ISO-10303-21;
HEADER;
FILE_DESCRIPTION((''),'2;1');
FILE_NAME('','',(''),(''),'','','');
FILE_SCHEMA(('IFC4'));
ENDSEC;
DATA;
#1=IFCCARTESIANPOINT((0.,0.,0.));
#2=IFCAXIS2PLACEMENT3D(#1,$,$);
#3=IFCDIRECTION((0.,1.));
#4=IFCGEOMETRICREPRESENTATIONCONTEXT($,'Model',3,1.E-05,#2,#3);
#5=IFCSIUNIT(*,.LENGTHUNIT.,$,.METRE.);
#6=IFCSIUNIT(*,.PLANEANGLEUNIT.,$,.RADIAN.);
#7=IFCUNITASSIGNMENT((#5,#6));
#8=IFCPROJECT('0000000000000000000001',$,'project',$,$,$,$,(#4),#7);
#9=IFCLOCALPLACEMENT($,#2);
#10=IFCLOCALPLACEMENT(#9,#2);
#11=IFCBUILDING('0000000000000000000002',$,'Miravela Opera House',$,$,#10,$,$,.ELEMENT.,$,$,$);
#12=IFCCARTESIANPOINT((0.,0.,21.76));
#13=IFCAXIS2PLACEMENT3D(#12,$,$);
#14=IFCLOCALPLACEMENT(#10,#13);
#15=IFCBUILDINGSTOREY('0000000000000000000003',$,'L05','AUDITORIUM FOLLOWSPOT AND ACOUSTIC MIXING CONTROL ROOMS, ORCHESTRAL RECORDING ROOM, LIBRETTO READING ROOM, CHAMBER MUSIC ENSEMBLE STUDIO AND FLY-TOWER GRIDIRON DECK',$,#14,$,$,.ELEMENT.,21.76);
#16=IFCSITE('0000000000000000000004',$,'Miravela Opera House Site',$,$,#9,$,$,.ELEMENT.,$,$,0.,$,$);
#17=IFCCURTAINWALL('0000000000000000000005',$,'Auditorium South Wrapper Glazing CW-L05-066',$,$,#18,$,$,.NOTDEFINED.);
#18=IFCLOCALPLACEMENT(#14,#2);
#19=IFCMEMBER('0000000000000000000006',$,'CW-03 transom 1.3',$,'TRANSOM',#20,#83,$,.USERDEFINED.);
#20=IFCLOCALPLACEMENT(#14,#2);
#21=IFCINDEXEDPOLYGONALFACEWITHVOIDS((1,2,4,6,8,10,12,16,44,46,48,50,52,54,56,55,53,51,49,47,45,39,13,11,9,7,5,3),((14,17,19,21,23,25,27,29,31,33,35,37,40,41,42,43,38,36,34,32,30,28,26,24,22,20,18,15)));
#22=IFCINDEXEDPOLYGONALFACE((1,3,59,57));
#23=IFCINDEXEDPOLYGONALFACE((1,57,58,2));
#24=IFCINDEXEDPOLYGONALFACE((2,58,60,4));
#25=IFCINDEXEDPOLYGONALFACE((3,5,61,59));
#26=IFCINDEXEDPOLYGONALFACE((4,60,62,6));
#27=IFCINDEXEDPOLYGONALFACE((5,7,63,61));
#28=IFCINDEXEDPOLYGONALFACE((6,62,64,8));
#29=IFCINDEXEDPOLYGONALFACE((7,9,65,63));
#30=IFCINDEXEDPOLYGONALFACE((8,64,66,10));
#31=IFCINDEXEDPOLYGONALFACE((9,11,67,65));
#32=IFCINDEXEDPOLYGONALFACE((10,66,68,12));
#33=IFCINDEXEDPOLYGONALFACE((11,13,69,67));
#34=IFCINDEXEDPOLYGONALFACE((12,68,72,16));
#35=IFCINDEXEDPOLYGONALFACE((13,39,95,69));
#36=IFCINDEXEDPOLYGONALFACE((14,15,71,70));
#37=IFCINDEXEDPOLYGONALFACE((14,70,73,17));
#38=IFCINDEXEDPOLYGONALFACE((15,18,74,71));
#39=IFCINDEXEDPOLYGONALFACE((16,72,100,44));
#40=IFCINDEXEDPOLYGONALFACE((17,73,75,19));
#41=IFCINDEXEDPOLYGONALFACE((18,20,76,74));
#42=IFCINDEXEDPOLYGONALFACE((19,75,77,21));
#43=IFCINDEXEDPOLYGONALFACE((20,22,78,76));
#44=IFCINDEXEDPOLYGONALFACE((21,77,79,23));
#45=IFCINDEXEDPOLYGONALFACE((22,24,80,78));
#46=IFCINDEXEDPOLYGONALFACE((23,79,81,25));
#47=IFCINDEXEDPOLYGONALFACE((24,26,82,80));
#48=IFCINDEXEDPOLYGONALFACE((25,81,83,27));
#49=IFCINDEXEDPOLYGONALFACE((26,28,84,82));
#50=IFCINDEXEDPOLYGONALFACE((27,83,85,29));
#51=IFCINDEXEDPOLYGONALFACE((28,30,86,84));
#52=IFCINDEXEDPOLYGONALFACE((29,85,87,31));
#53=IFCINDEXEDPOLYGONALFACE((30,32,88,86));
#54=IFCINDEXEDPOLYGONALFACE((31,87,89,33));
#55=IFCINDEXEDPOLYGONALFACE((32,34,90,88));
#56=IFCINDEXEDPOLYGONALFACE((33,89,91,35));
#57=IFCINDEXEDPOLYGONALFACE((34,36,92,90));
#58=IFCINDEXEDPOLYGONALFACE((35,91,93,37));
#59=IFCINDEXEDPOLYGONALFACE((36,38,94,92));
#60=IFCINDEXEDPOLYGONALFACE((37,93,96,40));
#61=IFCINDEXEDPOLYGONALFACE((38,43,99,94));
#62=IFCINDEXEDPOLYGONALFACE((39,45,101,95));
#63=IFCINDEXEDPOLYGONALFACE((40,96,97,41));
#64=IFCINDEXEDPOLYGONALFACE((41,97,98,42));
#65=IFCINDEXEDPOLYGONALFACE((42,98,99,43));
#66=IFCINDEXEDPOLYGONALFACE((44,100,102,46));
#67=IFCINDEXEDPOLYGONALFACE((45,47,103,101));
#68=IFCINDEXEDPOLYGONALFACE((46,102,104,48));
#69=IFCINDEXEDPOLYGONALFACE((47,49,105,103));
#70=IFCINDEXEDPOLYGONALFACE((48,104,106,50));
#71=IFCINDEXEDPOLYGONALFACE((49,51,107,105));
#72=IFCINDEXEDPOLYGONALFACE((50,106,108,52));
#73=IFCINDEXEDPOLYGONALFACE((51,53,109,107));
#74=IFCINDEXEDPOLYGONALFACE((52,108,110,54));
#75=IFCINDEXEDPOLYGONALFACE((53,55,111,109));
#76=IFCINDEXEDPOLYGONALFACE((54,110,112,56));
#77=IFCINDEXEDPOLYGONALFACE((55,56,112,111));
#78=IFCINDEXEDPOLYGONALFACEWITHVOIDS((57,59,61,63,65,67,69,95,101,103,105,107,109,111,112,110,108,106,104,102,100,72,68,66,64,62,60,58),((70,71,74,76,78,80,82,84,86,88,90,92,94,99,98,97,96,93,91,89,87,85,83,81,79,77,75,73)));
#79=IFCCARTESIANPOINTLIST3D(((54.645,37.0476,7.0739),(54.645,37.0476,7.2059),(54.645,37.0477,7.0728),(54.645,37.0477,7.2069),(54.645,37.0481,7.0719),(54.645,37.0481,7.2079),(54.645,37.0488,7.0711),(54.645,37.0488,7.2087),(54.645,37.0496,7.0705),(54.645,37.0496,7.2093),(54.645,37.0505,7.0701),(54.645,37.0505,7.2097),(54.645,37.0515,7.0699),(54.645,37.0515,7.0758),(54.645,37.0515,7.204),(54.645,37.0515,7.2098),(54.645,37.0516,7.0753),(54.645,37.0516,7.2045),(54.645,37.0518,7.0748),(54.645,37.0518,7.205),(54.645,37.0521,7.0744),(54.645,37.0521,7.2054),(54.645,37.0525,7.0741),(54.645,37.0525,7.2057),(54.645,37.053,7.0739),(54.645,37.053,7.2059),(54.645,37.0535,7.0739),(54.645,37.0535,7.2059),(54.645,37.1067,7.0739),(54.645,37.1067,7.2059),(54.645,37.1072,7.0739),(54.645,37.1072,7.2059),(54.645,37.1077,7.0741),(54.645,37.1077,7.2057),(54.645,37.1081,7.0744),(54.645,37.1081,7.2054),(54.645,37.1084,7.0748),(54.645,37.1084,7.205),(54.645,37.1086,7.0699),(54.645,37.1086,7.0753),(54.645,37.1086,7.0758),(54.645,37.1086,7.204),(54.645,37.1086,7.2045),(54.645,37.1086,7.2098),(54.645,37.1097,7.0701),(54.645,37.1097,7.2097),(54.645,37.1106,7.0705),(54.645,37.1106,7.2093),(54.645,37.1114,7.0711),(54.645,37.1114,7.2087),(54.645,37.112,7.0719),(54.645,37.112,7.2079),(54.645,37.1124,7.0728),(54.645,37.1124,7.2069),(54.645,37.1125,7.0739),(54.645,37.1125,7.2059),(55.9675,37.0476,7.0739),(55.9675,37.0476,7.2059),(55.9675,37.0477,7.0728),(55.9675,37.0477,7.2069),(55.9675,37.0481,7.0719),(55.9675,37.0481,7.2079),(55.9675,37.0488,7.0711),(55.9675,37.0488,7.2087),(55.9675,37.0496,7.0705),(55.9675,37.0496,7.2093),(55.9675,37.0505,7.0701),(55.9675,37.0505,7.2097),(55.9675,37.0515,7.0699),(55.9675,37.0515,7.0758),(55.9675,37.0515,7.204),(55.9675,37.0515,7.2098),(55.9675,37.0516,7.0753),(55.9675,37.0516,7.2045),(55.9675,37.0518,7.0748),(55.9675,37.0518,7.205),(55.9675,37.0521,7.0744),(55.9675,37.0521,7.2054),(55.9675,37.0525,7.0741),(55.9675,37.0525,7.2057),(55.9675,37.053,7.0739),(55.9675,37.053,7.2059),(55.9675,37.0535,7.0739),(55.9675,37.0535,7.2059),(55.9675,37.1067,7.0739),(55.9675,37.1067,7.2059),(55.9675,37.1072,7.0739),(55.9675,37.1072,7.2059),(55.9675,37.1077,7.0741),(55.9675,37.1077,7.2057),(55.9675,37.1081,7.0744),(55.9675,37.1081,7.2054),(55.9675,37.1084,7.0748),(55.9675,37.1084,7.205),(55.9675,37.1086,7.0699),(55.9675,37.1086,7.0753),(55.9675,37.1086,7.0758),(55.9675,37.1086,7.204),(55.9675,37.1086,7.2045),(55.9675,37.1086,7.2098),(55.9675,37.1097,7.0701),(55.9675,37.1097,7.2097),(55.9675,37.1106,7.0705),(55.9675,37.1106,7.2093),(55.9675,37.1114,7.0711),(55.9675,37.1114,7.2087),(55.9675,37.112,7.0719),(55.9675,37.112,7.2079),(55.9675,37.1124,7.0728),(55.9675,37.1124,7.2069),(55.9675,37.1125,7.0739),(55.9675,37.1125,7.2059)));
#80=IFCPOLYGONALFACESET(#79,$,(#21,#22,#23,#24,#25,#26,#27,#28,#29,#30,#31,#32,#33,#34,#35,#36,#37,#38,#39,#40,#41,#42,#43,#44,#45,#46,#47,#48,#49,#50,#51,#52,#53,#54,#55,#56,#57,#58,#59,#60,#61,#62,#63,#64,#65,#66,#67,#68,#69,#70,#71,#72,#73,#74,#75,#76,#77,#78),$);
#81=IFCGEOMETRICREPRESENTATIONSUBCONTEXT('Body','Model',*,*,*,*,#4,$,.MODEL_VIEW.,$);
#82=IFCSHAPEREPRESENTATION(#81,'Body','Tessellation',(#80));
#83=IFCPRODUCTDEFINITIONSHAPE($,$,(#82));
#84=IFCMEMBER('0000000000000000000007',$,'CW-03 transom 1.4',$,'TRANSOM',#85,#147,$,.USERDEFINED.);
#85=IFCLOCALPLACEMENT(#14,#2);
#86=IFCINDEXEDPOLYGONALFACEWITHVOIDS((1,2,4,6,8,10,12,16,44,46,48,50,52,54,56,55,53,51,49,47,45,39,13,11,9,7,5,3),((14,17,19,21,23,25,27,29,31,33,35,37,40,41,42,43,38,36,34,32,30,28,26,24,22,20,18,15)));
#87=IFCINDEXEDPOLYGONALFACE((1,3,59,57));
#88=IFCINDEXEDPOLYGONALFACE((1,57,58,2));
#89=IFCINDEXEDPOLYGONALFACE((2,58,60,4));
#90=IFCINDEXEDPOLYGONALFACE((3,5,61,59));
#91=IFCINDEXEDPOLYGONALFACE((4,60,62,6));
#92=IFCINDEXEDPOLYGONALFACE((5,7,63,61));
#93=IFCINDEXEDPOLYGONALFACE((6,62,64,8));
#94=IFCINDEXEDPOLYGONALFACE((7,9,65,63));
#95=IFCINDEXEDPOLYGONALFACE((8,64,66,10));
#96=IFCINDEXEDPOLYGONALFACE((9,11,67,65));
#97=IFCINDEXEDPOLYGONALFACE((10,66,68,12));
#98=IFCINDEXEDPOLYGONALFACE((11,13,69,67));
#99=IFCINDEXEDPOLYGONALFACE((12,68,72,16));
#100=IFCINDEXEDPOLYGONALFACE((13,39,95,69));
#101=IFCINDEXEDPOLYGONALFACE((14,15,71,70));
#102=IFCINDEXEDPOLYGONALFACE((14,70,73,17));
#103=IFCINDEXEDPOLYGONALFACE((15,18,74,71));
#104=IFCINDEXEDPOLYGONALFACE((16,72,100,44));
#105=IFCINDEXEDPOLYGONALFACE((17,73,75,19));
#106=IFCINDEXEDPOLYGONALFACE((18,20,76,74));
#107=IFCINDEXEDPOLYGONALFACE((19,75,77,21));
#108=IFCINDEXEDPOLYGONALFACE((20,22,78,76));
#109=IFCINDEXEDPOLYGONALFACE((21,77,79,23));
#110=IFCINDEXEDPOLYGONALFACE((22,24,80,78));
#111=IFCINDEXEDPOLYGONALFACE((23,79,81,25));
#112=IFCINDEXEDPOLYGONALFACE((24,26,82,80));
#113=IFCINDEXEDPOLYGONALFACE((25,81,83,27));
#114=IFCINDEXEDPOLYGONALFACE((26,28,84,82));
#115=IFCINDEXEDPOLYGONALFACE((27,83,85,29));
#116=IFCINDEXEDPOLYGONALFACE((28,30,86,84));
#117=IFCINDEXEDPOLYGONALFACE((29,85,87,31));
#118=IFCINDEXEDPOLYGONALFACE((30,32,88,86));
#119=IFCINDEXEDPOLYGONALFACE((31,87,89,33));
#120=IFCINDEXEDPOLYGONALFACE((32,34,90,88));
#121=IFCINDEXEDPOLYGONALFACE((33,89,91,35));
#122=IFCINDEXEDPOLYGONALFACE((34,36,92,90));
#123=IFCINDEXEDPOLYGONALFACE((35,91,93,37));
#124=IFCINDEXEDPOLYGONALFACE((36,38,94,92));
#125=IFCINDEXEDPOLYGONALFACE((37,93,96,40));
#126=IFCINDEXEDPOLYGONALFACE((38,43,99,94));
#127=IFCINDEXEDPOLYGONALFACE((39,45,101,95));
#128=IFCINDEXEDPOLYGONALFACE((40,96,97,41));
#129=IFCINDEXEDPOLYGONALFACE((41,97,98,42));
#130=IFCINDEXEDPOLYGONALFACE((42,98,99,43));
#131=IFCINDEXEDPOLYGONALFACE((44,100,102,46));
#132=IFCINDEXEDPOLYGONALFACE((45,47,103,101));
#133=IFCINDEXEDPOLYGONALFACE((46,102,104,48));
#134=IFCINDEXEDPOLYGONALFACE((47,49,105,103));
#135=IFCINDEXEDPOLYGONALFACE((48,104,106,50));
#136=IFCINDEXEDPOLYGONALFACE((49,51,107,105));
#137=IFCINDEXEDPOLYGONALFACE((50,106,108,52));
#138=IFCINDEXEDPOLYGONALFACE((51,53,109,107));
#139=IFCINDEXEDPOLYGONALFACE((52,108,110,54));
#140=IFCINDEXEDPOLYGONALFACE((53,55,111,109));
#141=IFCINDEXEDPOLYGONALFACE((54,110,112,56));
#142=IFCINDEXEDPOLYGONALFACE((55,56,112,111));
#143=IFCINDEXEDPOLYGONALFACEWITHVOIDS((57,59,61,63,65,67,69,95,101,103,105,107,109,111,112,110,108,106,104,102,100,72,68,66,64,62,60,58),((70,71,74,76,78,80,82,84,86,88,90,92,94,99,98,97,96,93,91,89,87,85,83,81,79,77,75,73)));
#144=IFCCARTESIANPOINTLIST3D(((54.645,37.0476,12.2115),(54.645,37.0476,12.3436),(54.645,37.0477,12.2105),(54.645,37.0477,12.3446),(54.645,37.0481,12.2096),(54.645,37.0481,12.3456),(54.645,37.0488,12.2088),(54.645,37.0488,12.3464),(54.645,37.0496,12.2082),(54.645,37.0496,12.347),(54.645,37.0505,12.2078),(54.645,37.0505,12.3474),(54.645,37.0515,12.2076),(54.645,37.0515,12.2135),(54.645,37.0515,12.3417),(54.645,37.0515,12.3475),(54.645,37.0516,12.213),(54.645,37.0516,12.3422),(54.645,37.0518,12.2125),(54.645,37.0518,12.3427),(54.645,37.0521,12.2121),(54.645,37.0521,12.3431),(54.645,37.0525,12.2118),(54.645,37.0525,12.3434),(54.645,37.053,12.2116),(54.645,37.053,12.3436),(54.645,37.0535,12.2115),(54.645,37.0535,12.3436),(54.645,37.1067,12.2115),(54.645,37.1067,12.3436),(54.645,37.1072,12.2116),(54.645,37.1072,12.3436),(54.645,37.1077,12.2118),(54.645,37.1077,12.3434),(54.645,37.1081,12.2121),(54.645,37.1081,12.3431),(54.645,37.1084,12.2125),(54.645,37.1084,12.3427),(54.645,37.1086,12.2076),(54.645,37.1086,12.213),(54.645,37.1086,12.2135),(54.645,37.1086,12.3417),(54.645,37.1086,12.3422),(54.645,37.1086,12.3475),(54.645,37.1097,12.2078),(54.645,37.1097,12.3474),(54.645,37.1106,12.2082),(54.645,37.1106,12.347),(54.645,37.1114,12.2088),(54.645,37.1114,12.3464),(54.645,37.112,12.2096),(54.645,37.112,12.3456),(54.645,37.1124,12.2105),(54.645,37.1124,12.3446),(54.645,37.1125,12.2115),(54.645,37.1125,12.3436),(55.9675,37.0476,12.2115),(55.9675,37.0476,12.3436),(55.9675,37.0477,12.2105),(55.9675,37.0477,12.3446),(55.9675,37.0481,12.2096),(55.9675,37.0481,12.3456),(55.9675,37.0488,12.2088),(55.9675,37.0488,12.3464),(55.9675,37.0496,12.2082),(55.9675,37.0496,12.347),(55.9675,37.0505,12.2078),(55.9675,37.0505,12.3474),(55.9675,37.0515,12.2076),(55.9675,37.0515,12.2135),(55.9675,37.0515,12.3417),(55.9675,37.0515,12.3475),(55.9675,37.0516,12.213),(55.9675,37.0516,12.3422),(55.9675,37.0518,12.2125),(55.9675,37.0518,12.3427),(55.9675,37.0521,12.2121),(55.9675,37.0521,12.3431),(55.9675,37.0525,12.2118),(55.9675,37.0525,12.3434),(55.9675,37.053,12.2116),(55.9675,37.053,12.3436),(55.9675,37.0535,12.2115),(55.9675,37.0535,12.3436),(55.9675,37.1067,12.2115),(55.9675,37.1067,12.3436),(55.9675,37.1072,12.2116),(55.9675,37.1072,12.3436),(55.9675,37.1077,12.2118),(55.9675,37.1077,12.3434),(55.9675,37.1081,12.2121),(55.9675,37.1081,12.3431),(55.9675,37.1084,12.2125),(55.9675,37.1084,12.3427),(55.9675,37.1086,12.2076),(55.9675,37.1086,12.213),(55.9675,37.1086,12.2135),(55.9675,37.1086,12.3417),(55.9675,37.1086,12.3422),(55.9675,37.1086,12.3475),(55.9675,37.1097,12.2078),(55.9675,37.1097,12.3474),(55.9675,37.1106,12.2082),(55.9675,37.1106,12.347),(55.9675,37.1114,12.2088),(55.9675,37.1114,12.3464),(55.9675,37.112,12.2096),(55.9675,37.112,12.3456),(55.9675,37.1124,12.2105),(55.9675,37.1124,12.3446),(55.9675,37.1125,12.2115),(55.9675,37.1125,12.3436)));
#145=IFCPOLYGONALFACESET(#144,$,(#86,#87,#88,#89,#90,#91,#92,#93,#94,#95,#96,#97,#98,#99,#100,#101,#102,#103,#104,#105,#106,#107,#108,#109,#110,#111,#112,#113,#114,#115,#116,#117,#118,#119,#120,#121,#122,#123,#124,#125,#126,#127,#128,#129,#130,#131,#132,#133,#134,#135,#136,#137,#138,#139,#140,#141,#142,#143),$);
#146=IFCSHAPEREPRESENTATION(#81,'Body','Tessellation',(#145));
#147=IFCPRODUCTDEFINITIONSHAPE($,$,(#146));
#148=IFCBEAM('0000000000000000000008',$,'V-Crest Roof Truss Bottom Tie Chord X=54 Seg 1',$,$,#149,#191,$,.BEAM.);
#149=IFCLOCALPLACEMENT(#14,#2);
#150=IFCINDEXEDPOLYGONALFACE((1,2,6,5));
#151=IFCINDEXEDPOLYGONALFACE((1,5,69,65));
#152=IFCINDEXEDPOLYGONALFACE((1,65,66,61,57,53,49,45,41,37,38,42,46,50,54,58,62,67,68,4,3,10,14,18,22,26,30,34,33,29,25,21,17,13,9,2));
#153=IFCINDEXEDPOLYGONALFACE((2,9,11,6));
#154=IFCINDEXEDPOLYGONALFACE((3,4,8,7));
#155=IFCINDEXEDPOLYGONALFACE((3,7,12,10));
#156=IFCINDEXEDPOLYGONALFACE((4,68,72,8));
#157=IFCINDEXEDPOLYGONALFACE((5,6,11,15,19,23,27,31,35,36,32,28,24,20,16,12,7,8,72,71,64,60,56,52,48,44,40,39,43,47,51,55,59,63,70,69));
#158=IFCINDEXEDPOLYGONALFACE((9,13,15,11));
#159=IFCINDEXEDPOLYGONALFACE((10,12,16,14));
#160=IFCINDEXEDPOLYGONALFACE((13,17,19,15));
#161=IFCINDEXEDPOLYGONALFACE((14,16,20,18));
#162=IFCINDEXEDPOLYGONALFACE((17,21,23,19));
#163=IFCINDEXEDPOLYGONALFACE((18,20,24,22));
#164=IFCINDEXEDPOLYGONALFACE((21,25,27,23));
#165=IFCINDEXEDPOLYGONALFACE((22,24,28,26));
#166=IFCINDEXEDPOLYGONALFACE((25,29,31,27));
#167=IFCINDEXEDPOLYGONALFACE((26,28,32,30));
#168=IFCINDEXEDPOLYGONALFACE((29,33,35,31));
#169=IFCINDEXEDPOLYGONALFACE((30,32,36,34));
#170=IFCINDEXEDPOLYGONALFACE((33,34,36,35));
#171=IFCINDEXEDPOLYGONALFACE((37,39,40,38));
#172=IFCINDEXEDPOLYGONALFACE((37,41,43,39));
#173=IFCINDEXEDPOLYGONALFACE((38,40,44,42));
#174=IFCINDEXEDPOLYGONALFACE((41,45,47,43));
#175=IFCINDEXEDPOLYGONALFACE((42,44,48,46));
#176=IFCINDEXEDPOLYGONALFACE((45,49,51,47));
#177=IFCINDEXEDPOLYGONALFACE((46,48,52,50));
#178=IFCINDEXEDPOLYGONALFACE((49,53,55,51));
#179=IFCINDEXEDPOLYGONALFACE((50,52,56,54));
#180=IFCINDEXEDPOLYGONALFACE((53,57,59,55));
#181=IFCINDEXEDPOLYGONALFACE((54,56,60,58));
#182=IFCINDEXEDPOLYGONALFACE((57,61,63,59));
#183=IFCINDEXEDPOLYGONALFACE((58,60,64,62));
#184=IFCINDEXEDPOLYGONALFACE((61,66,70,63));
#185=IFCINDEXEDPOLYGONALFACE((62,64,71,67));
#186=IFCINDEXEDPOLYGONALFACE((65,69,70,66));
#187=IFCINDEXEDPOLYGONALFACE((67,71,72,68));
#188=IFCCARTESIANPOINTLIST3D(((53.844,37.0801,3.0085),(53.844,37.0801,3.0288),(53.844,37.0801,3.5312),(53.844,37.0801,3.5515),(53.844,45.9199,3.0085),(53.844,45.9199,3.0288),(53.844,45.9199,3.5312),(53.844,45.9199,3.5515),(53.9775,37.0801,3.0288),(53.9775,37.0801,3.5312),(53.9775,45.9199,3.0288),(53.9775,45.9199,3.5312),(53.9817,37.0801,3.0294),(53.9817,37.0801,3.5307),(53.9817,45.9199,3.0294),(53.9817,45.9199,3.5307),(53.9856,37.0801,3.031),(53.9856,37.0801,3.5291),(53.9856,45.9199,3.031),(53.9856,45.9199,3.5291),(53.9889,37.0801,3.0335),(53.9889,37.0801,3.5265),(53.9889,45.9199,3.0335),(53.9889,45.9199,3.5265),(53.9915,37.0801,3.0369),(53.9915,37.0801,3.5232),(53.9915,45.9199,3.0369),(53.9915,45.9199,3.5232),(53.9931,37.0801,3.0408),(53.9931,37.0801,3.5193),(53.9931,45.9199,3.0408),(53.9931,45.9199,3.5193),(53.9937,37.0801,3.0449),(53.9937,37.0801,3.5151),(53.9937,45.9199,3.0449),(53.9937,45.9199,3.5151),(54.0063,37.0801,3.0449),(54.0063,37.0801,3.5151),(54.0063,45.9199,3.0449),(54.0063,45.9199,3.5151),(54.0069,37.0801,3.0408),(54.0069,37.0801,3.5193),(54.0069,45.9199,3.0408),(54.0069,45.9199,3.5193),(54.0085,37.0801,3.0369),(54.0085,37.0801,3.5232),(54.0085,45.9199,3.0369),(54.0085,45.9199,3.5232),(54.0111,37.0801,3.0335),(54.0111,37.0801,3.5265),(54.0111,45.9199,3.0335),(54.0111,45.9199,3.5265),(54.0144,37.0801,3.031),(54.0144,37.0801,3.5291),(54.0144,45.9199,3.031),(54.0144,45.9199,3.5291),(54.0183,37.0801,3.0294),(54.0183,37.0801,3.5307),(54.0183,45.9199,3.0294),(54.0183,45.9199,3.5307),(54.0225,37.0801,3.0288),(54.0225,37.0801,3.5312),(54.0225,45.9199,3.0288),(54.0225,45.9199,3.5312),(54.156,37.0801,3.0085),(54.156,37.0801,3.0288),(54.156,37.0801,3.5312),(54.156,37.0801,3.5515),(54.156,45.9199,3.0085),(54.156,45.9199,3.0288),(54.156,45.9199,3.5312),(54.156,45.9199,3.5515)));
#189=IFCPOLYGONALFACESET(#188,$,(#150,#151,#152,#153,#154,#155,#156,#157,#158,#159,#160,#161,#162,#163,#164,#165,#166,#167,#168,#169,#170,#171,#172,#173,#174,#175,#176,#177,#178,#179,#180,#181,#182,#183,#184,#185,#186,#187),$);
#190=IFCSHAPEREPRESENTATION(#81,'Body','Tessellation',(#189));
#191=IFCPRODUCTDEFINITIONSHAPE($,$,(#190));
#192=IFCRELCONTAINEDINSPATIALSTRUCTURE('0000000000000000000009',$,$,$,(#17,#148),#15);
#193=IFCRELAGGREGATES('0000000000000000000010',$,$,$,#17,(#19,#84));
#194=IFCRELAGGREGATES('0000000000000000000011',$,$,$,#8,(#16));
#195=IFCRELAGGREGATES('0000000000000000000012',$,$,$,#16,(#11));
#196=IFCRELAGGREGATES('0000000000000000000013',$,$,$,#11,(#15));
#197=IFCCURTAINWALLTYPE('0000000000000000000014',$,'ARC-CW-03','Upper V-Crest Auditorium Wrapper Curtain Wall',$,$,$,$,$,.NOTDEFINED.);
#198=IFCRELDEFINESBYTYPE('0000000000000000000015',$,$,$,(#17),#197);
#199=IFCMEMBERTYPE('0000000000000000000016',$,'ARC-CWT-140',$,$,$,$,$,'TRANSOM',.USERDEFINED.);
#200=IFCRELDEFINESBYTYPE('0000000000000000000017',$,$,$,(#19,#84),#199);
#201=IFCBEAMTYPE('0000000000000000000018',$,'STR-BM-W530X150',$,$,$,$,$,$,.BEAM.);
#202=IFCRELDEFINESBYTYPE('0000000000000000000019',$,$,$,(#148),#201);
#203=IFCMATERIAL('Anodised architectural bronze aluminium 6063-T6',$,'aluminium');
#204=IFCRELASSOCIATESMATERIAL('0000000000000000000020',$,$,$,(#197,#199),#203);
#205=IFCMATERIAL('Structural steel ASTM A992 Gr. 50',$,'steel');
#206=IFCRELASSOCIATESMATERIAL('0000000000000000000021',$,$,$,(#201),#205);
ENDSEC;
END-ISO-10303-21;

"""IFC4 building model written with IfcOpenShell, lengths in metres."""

from ifc_helpers import new_model, si_unit, direction, frame, origin, origin_2d, place, context, subcontext, project, spatial, hollow_rectangle, i_section, extrude, material, material_profile, profile_set, type_object, element, aggregate, save


model = new_model("IFC4")

# Units and contexts
model_context = context("Model", 3, precision=1e-05, world=origin(), true_north=direction((0.0, 1.0)))
body_context = subcontext(model_context, "Body", "Model", "MODEL_VIEW")
ifc_project = project(units=[si_unit("LENGTHUNIT", "METRE"), si_unit("PLANEANGLEUNIT", "RADIAN")], contexts=[model_context])

# Site, building, storey
site_placement = place(None, origin())
site = spatial("IfcSite", under=ifc_project, at=site_placement, Name="Miravela Opera House Site", CompositionType="ELEMENT", RefElevation=0.0)
building_placement = place(site_placement, origin())
building = spatial("IfcBuilding", under=site, at=building_placement, Name="Miravela Opera House", CompositionType="ELEMENT")
storey_placement = place(building_placement, frame((0.0, 0.0, 21.76)))
storey = spatial("IfcBuildingStorey", under=building, at=storey_placement, Name="L05", Description="AUDITORIUM FOLLOWSPOT AND ACOUSTIC MIXING CONTROL ROOMS, ORCHESTRAL RECORDING ROOM, LIBRETTO READING ROOM, CHAMBER MUSIC ENSEMBLE STUDIO AND FLY-TOWER GRIDIRON DECK", CompositionType="ELEMENT", Elevation=21.76)

# Curtain wall, members
ifc_material_1 = material(Name="Anodised architectural bronze aluminium 6063-T6", Category="aluminium")
curtain_wall_type = type_object("IfcCurtainWallType", Name="ARC-CW-03", Description="Upper V-Crest Auditorium Wrapper Curtain Wall", PredefinedType="NOTDEFINED", material=ifc_material_1)
ifc_material_profile_1 = material_profile(ifc_material_1, hollow_rectangle(XDim=0.0649, YDim=0.1399, WallThickness=0.0039, InnerFilletRadius=0.002, OuterFilletRadius=0.0039, at=origin_2d()), Name="CWT-65X140")
ifc_profile_set_1 = profile_set([ifc_material_profile_1])
member_type_1 = type_object("IfcMemberType", Name="ARC-CWT-140", ElementType="TRANSOM", PredefinedType="USERDEFINED", material=ifc_profile_set_1)
curtain_wall_1_placement = place(storey_placement, origin())
curtain_wall_1 = element("IfcCurtainWall", 1, at=curtain_wall_1_placement, inside=storey, type_object=curtain_wall_type, Name="Auditorium South Wrapper Glazing CW-L05-066", PredefinedType="NOTDEFINED")
member_1_placement = place(storey_placement, frame((54.645, 37.0801, 7.1399), z_axis=(1.0, 0.0, 0.0), x_axis=(0.0, 1.0, 0.0)))
member_1 = element("IfcMember", 2, at=member_1_placement, type_object=member_type_1, Name="CW-03 transom 1.3", ObjectType="TRANSOM", PredefinedType="USERDEFINED", context=body_context, shape_type="SweptSolid", body=[
    extrude(hollow_rectangle(XDim=0.0649, YDim=0.1399, WallThickness=0.0039, InnerFilletRadius=0.002, OuterFilletRadius=0.0039, at=origin_2d()), origin(), (0.0, 0.0, 1.0), 1.3225),
])
member_2_placement = place(storey_placement, frame((54.645, 37.0801, 12.2776), z_axis=(1.0, 0.0, 0.0), x_axis=(0.0, 1.0, 0.0)))
member_2 = element("IfcMember", 3, at=member_2_placement, type_object=member_type_1, Name="CW-03 transom 1.4", ObjectType="TRANSOM", PredefinedType="USERDEFINED", context=body_context, shape_type="SweptSolid", body=[
    extrude(hollow_rectangle(XDim=0.0649, YDim=0.1399, WallThickness=0.0039, InnerFilletRadius=0.002, OuterFilletRadius=0.0039, at=origin_2d()), origin(), (0.0, 0.0, 1.0), 1.3225),
])
aggregate(curtain_wall_1, [member_1, member_2])

# Beam
ifc_material_2 = material(Name="Structural steel ASTM A992 Gr. 50", Category="steel")
ifc_material_profile_2 = material_profile(ifc_material_2, i_section(OverallWidth=0.312, OverallDepth=0.543, WebThickness=0.0127, FlangeThickness=0.0203, FilletRadius=0.0161, at=origin_2d()), Name="W530X150")
ifc_profile_set_2 = profile_set([ifc_material_profile_2])
beam_type_1 = type_object("IfcBeamType", Name="STR-BM-W530X150", PredefinedType="BEAM", material=ifc_profile_set_2)
beam_placement = place(storey_placement, frame((54.0, 37.0801, 3.28), z_axis=(0.0, 1.0, 0.0), x_axis=(-1.0, 0.0, 0.0)))
element("IfcBeam", 4, at=beam_placement, inside=storey, type_object=beam_type_1, Name="V-Crest Roof Truss Bottom Tie Chord X=54 Seg 1", PredefinedType="BEAM", context=body_context, shape_type="SweptSolid", body=[
    extrude(i_section(OverallWidth=0.312, OverallDepth=0.543, WebThickness=0.0127, FlangeThickness=0.0203, FilletRadius=0.0161, at=origin_2d()), origin(), (0.0, 0.0, 1.0), 8.8398),
])

save(model, "model.ifc")
